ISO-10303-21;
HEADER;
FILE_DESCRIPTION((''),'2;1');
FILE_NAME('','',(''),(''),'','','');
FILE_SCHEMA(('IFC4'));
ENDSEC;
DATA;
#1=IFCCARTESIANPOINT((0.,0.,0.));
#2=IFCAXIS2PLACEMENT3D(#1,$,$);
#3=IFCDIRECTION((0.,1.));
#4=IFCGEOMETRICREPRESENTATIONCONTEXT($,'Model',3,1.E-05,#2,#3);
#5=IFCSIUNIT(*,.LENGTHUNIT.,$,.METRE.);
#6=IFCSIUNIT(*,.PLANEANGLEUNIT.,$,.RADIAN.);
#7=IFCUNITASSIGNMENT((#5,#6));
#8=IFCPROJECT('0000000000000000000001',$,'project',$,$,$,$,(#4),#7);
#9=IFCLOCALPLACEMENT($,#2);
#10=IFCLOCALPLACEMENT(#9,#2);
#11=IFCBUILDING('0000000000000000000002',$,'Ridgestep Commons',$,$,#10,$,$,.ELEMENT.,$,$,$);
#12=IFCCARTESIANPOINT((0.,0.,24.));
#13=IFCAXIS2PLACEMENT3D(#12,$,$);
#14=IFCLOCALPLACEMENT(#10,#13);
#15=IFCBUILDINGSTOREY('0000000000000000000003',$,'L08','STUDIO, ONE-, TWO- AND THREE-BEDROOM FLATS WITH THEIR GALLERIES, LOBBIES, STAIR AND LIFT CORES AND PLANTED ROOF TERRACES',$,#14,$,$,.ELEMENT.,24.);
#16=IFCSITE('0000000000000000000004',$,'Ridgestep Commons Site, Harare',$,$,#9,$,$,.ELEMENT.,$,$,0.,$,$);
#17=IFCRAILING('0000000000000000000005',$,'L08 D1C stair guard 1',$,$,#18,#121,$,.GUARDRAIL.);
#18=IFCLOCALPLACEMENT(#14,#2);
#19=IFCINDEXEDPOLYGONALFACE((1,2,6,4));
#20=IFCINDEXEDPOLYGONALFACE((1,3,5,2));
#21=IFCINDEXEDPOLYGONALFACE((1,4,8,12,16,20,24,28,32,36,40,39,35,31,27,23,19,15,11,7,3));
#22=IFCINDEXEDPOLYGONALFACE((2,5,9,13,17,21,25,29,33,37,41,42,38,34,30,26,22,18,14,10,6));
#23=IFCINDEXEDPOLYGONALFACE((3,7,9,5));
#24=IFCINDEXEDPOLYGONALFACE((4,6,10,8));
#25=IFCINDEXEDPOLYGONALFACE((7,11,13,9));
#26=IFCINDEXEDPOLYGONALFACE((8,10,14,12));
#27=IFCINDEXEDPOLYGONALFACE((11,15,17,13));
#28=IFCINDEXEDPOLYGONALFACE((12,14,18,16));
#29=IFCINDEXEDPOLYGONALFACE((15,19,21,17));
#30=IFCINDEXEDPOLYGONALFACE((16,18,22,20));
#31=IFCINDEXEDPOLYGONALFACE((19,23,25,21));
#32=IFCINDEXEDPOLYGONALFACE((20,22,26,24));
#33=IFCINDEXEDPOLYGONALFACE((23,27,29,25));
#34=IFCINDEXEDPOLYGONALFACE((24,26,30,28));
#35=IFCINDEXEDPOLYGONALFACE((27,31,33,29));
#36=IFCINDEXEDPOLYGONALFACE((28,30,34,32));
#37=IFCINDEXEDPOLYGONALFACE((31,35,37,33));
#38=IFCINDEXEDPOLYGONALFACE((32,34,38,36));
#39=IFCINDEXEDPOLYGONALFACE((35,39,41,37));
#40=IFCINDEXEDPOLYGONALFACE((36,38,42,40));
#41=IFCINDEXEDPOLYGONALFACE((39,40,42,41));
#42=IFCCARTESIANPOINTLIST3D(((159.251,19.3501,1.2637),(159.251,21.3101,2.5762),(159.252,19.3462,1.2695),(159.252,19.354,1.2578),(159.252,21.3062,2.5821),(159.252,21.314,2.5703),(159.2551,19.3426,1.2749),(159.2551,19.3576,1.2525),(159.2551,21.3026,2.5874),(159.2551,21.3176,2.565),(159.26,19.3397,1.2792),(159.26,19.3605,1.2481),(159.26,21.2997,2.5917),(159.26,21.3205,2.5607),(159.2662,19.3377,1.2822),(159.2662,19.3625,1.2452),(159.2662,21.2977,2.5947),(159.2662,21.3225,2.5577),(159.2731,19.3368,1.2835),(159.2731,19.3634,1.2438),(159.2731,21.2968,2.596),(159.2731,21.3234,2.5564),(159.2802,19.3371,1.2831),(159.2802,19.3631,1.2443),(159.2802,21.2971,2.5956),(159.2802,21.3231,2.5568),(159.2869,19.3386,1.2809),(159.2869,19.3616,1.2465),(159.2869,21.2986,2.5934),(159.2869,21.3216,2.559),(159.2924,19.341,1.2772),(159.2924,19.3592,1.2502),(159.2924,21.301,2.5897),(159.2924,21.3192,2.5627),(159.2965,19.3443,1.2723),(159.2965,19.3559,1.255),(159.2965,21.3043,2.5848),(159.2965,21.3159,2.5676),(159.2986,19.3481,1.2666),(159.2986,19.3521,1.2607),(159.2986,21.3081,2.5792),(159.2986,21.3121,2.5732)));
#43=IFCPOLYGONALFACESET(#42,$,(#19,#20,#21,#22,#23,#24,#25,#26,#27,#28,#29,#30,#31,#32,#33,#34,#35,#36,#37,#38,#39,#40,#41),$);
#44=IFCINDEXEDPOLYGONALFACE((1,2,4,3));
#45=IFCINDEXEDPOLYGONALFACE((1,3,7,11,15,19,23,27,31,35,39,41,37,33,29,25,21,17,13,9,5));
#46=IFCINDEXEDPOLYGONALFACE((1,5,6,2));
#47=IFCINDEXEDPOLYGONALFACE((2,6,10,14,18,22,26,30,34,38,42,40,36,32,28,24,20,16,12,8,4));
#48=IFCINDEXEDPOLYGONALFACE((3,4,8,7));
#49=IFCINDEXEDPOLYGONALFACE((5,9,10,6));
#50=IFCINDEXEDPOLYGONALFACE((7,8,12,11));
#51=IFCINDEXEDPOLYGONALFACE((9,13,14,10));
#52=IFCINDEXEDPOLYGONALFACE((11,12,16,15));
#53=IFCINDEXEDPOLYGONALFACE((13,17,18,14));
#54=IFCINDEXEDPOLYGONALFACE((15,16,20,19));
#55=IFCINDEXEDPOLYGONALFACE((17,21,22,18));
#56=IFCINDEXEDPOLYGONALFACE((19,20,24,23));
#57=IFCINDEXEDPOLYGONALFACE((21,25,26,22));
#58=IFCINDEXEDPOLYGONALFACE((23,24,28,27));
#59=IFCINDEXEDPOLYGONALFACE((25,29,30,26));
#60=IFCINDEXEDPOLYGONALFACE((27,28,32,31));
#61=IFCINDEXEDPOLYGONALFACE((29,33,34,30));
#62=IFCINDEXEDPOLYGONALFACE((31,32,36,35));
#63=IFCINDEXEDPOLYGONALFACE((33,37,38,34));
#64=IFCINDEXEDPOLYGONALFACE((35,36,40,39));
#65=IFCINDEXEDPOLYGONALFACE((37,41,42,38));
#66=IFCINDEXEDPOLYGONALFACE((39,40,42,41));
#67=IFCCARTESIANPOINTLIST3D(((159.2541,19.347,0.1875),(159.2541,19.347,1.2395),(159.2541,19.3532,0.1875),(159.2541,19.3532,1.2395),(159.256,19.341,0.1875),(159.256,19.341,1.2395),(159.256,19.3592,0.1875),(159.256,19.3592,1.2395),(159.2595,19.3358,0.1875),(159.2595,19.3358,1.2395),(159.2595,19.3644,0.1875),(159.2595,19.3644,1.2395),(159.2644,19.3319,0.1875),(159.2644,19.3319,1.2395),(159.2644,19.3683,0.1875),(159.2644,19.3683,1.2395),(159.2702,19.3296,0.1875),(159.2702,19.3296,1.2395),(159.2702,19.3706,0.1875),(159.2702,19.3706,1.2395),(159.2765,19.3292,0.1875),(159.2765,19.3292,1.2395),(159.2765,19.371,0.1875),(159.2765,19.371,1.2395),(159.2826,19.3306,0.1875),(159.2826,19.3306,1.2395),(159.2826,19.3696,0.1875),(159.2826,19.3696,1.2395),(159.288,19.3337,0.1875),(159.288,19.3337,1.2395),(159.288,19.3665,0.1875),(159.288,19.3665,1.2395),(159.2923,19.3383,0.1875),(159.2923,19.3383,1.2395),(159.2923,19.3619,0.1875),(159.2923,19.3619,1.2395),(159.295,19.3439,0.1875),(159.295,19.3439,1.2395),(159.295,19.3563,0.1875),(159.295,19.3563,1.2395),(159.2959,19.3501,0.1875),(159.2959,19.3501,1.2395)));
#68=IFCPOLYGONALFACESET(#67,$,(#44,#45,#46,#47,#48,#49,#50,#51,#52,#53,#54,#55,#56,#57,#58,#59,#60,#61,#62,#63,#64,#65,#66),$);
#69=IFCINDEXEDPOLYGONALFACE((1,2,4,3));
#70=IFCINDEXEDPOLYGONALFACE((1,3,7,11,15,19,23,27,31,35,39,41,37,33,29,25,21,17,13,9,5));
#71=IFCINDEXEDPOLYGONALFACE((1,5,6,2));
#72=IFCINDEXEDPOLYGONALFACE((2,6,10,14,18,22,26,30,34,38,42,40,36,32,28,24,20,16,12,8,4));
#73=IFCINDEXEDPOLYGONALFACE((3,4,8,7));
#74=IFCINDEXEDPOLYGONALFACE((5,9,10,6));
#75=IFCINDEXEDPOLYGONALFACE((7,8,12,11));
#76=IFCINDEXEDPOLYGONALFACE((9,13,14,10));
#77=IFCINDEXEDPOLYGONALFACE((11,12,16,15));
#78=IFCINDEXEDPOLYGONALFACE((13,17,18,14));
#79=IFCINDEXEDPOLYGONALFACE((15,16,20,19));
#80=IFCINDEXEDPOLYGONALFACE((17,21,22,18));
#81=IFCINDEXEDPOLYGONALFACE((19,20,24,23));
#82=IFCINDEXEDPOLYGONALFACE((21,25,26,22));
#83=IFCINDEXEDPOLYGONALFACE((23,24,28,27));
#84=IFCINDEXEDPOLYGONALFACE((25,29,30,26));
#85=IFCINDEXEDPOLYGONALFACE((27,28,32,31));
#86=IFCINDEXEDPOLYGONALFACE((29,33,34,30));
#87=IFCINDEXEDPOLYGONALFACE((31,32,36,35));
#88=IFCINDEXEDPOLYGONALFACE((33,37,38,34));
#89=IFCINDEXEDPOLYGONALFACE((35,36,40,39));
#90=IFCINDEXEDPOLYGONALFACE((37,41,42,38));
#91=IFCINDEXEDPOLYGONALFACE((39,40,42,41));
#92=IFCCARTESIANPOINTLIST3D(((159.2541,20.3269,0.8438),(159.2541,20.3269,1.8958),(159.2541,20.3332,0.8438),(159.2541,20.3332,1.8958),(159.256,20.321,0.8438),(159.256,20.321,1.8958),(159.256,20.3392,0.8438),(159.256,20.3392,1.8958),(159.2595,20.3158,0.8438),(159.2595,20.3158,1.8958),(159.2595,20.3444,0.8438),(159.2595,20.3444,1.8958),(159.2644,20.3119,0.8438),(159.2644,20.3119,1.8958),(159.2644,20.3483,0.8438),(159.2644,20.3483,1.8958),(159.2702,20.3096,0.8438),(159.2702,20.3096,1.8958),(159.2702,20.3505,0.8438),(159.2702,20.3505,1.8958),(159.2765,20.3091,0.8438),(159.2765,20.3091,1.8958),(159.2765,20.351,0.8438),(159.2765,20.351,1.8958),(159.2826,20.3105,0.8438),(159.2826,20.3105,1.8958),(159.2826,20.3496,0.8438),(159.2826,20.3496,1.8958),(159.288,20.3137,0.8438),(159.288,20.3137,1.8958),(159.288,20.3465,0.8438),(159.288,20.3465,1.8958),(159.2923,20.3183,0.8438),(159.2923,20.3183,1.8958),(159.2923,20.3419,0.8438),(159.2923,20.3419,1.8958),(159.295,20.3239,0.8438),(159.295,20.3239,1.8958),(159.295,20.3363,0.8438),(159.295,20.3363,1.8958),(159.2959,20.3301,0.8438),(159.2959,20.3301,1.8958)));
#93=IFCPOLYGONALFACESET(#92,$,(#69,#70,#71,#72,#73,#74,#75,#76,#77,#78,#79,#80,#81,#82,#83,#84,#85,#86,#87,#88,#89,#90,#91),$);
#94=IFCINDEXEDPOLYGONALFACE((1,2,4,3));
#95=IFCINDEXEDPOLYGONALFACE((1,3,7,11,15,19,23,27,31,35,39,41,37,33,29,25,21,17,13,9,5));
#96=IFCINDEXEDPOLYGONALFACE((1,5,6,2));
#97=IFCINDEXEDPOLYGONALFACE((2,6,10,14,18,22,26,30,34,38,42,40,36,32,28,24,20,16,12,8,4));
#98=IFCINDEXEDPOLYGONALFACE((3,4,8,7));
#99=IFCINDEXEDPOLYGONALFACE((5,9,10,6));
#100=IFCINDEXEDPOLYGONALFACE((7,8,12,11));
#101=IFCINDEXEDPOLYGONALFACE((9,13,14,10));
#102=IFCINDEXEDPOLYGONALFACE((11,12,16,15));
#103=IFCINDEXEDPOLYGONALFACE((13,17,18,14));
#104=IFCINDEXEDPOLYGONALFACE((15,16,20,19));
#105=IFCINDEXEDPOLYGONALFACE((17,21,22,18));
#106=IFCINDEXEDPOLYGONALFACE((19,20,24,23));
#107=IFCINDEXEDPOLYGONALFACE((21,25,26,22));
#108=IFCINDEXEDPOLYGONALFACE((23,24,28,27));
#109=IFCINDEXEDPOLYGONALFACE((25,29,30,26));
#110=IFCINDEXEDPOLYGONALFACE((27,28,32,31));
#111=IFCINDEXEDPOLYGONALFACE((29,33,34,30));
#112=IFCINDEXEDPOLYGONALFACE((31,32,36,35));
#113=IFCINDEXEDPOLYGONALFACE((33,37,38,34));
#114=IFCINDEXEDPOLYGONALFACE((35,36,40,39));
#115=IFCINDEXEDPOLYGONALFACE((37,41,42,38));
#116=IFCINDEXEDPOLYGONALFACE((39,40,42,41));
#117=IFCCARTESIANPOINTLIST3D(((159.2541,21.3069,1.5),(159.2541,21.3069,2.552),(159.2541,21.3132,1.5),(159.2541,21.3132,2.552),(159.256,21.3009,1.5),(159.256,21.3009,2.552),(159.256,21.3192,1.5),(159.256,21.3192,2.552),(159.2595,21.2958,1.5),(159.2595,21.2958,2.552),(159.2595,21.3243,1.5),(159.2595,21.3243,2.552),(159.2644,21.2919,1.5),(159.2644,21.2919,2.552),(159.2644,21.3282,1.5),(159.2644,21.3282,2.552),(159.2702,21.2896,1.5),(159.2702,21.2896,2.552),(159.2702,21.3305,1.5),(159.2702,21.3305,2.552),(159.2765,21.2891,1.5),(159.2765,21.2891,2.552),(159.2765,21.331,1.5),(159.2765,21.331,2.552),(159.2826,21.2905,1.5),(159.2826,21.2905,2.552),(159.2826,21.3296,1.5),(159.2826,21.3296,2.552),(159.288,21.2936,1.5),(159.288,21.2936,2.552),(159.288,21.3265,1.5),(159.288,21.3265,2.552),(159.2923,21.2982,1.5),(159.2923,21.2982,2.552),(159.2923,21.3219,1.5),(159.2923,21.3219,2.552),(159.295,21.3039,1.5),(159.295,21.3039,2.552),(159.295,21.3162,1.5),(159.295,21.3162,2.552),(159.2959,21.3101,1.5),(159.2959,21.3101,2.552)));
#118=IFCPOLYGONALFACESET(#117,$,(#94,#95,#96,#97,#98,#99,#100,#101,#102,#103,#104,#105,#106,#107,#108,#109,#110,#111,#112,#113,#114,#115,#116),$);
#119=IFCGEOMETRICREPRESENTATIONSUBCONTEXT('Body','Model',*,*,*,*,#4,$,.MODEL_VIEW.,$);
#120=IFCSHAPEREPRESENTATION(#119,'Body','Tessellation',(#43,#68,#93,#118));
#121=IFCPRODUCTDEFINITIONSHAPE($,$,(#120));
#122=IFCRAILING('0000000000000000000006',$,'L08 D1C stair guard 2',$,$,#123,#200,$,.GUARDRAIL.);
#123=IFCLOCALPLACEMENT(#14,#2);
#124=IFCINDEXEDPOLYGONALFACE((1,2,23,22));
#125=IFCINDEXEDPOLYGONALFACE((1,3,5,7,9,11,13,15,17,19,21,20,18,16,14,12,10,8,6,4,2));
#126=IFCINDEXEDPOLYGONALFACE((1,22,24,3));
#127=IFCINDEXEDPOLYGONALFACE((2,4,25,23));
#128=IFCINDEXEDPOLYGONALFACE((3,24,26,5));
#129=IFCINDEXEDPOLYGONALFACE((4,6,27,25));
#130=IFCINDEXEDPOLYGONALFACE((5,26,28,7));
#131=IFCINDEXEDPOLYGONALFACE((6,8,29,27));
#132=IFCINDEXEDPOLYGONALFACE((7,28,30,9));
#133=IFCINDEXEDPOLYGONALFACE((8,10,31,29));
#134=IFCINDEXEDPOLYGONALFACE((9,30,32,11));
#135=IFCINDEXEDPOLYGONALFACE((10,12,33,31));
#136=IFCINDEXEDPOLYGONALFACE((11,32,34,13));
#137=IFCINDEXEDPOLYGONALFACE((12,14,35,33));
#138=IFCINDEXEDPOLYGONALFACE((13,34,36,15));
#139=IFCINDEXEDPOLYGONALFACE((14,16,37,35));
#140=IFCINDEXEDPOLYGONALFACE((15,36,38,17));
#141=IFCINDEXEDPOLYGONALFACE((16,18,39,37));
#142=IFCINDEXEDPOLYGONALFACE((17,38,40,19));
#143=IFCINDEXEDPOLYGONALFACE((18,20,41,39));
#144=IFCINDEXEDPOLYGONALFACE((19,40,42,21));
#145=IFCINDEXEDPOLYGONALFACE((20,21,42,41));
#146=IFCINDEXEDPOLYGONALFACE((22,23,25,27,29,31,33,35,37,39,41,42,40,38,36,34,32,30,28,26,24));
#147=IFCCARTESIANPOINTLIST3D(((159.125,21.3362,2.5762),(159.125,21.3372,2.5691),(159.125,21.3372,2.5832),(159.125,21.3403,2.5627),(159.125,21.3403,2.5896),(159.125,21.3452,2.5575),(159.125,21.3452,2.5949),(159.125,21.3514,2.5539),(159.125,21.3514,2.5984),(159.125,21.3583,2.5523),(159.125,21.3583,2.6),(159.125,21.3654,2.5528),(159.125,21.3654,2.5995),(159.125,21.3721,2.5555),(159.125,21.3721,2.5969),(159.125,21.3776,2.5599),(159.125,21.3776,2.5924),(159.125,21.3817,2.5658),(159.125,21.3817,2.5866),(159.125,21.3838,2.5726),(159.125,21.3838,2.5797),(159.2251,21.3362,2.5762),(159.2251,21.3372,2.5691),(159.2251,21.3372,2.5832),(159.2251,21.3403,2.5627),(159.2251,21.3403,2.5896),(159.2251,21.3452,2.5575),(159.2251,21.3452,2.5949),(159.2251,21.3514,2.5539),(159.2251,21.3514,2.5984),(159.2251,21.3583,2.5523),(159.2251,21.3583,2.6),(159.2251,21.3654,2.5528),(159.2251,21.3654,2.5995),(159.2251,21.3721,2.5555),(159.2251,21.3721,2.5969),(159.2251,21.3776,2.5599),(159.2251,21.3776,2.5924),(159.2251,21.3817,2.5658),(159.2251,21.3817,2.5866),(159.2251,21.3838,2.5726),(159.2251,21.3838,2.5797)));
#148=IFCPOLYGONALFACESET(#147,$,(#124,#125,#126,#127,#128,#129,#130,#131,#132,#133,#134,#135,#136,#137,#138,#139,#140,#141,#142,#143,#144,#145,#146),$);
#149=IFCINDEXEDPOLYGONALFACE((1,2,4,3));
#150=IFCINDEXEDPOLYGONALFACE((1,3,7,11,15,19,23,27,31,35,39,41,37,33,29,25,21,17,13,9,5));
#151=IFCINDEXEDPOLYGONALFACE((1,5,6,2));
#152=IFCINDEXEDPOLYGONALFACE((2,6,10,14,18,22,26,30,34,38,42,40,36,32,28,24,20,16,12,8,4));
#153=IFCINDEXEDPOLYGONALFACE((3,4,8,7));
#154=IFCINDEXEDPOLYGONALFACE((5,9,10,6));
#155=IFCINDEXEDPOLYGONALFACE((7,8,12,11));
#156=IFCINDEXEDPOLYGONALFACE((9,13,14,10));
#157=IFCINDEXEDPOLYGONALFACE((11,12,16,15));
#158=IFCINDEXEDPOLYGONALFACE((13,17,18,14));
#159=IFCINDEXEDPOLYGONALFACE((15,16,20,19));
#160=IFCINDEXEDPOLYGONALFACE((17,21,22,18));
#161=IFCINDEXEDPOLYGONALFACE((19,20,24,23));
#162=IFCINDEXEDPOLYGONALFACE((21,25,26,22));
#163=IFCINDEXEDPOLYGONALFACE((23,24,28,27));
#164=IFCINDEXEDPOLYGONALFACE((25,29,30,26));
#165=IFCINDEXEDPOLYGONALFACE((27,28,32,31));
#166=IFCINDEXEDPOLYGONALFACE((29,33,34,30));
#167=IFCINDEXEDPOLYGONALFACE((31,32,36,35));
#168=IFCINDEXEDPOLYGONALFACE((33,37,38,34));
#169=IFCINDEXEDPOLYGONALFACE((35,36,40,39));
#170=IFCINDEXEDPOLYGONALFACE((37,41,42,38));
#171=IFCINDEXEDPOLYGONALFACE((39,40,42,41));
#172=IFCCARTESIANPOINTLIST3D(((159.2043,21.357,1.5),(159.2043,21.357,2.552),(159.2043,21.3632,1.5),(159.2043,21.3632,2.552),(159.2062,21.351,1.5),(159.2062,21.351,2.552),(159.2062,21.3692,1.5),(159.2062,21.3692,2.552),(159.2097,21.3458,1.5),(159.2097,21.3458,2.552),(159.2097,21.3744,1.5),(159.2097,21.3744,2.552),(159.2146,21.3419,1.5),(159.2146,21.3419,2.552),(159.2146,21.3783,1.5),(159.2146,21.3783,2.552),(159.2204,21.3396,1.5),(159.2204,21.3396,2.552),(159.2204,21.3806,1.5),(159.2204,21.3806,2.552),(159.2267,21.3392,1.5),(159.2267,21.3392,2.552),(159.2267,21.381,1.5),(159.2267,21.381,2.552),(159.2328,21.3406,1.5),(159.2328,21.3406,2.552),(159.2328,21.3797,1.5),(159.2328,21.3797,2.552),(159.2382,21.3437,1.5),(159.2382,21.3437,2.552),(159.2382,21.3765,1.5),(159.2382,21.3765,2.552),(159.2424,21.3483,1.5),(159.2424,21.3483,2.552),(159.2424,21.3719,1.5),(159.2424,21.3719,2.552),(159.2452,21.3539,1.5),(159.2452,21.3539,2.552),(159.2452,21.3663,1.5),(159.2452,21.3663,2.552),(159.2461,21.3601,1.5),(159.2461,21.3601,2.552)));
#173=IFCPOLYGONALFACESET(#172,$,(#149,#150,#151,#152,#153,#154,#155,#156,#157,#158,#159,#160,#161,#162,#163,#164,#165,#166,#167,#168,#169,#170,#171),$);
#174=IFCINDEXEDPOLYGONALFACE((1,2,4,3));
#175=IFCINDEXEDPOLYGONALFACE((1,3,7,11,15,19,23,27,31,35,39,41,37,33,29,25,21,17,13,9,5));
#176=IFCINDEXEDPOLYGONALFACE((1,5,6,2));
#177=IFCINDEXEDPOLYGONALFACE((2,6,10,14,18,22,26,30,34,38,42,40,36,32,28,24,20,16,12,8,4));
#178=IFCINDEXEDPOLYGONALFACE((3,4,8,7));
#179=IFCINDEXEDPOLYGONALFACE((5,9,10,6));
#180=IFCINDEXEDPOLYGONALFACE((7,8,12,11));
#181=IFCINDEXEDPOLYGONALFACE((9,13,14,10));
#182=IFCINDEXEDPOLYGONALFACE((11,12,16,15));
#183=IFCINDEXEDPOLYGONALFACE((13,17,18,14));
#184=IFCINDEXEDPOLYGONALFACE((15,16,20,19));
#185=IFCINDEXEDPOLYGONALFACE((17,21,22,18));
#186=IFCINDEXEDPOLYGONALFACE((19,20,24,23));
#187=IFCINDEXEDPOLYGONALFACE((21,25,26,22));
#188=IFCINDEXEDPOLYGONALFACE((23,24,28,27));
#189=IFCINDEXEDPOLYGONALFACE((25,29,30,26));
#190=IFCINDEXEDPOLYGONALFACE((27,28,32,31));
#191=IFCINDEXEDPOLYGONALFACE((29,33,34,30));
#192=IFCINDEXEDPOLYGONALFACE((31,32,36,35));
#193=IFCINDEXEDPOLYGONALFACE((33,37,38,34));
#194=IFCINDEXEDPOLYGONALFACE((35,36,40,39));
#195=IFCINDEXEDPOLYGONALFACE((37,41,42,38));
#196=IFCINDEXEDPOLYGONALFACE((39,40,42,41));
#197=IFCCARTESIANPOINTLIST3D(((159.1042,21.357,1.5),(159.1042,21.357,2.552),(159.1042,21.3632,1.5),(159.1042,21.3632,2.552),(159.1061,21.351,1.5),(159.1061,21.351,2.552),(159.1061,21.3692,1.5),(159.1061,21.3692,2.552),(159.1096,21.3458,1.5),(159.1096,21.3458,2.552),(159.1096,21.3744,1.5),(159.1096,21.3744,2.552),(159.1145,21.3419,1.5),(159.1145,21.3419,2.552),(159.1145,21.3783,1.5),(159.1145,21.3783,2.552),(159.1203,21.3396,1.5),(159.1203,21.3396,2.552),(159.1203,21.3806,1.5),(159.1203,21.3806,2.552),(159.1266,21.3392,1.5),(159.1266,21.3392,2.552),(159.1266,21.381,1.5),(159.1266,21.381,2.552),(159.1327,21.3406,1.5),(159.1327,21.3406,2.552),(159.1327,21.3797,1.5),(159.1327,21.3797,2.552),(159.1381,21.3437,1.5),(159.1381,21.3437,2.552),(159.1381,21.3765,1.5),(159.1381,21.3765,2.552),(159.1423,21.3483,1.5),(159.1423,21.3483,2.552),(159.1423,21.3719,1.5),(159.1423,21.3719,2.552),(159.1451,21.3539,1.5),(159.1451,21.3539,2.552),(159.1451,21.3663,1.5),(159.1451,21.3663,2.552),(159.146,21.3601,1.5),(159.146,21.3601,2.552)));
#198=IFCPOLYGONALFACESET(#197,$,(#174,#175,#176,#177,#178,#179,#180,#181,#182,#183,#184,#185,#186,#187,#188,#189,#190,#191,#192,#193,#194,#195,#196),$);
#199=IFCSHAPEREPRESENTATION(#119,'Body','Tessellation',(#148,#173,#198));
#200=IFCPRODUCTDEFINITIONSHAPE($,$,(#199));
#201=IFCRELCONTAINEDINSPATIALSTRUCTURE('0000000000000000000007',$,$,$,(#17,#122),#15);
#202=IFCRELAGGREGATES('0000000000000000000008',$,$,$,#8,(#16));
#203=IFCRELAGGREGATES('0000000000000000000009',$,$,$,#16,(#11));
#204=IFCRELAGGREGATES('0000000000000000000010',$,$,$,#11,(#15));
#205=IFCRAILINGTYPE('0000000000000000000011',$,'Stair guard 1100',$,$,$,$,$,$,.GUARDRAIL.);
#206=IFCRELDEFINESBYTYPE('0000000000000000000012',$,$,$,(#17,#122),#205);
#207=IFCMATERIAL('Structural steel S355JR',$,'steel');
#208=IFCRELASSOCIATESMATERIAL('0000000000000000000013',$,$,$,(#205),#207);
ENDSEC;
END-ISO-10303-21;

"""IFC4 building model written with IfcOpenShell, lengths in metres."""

from ifc_helpers import new_model, si_unit, direction, frame, origin, origin_2d, place, context, subcontext, project, spatial, circle, extrude, material, type_object, element, save


model = new_model("IFC4")

# Units and contexts
model_context = context("Model", 3, precision=1e-05, world=origin(), true_north=direction((0.0, 1.0)))
body_context = subcontext(model_context, "Body", "Model", "MODEL_VIEW")
ifc_project = project(units=[si_unit("LENGTHUNIT", "METRE"), si_unit("PLANEANGLEUNIT", "RADIAN")], contexts=[model_context])

# Site, building, storey
site_placement = place(None, origin())
site = spatial("IfcSite", under=ifc_project, at=site_placement, Name="Ridgestep Commons Site, Harare", CompositionType="ELEMENT", RefElevation=0.0)
building_placement = place(site_placement, origin())
building = spatial("IfcBuilding", under=site, at=building_placement, Name="Ridgestep Commons", CompositionType="ELEMENT")
storey_placement = place(building_placement, frame((0.0, 0.0, 24.0)))
storey = spatial("IfcBuildingStorey", under=building, at=storey_placement, Name="L08", Description="STUDIO, ONE-, TWO- AND THREE-BEDROOM FLATS WITH THEIR GALLERIES, LOBBIES, STAIR AND LIFT CORES AND PLANTED ROOF TERRACES", CompositionType="ELEMENT", Elevation=24.0)

# Railings
ifc_material_1 = material(Name="Structural steel S355JR", Category="steel")
railing_type_1 = type_object("IfcRailingType", Name="Stair guard 1100", PredefinedType="GUARDRAIL", material=ifc_material_1)
railing_1_placement = place(storey_placement, frame((159.2749, 19.3501, 0.1875)))
element("IfcRailing", 1, at=railing_1_placement, inside=storey, type_object=railing_type_1, Name="L08 D1C stair guard 1", PredefinedType="GUARDRAIL", context=body_context, shape_type="SweptSolid", body=[
    extrude(circle(Radius=0.0239, at=origin_2d()), frame((0.0, 0.0, 1.0762), z_axis=(0.0, 0.830902, 0.556419), x_axis=(-1.0, 0.0, 0.0)), (0.0, 0.0, 1.0), 2.3589),
    extrude(circle(Radius=0.021, at=origin_2d()), origin(), (0.0, 0.0, 1.0), 1.052),
    extrude(circle(Radius=0.021, at=origin_2d()), frame((0.0, 0.98, 0.6562)), (0.0, 0.0, 1.0), 1.052),
    extrude(circle(Radius=0.021, at=origin_2d()), frame((0.0, 1.96, 1.3125)), (0.0, 0.0, 1.0), 1.052),
])
railing_2_placement = place(storey_placement, frame((159.2251, 21.3601, 1.5)))
element("IfcRailing", 2, at=railing_2_placement, inside=storey, type_object=railing_type_1, Name="L08 D1C stair guard 2", PredefinedType="GUARDRAIL", context=body_context, shape_type="SweptSolid", body=[
    extrude(circle(Radius=0.0239, at=origin_2d()), frame((0.0, 0.0, 1.0762), z_axis=(-1.0, 0.0, 0.0), x_axis=(0.0, -1.0, 0.0)), (0.0, 0.0, 1.0), 0.1001),
    extrude(circle(Radius=0.021, at=origin_2d()), origin(), (0.0, 0.0, 1.0), 1.052),
    extrude(circle(Radius=0.021, at=origin_2d()), frame((-0.1001, 0.0, 0.0)), (0.0, 0.0, 1.0), 1.052),
])

save(model, "model.ifc")
